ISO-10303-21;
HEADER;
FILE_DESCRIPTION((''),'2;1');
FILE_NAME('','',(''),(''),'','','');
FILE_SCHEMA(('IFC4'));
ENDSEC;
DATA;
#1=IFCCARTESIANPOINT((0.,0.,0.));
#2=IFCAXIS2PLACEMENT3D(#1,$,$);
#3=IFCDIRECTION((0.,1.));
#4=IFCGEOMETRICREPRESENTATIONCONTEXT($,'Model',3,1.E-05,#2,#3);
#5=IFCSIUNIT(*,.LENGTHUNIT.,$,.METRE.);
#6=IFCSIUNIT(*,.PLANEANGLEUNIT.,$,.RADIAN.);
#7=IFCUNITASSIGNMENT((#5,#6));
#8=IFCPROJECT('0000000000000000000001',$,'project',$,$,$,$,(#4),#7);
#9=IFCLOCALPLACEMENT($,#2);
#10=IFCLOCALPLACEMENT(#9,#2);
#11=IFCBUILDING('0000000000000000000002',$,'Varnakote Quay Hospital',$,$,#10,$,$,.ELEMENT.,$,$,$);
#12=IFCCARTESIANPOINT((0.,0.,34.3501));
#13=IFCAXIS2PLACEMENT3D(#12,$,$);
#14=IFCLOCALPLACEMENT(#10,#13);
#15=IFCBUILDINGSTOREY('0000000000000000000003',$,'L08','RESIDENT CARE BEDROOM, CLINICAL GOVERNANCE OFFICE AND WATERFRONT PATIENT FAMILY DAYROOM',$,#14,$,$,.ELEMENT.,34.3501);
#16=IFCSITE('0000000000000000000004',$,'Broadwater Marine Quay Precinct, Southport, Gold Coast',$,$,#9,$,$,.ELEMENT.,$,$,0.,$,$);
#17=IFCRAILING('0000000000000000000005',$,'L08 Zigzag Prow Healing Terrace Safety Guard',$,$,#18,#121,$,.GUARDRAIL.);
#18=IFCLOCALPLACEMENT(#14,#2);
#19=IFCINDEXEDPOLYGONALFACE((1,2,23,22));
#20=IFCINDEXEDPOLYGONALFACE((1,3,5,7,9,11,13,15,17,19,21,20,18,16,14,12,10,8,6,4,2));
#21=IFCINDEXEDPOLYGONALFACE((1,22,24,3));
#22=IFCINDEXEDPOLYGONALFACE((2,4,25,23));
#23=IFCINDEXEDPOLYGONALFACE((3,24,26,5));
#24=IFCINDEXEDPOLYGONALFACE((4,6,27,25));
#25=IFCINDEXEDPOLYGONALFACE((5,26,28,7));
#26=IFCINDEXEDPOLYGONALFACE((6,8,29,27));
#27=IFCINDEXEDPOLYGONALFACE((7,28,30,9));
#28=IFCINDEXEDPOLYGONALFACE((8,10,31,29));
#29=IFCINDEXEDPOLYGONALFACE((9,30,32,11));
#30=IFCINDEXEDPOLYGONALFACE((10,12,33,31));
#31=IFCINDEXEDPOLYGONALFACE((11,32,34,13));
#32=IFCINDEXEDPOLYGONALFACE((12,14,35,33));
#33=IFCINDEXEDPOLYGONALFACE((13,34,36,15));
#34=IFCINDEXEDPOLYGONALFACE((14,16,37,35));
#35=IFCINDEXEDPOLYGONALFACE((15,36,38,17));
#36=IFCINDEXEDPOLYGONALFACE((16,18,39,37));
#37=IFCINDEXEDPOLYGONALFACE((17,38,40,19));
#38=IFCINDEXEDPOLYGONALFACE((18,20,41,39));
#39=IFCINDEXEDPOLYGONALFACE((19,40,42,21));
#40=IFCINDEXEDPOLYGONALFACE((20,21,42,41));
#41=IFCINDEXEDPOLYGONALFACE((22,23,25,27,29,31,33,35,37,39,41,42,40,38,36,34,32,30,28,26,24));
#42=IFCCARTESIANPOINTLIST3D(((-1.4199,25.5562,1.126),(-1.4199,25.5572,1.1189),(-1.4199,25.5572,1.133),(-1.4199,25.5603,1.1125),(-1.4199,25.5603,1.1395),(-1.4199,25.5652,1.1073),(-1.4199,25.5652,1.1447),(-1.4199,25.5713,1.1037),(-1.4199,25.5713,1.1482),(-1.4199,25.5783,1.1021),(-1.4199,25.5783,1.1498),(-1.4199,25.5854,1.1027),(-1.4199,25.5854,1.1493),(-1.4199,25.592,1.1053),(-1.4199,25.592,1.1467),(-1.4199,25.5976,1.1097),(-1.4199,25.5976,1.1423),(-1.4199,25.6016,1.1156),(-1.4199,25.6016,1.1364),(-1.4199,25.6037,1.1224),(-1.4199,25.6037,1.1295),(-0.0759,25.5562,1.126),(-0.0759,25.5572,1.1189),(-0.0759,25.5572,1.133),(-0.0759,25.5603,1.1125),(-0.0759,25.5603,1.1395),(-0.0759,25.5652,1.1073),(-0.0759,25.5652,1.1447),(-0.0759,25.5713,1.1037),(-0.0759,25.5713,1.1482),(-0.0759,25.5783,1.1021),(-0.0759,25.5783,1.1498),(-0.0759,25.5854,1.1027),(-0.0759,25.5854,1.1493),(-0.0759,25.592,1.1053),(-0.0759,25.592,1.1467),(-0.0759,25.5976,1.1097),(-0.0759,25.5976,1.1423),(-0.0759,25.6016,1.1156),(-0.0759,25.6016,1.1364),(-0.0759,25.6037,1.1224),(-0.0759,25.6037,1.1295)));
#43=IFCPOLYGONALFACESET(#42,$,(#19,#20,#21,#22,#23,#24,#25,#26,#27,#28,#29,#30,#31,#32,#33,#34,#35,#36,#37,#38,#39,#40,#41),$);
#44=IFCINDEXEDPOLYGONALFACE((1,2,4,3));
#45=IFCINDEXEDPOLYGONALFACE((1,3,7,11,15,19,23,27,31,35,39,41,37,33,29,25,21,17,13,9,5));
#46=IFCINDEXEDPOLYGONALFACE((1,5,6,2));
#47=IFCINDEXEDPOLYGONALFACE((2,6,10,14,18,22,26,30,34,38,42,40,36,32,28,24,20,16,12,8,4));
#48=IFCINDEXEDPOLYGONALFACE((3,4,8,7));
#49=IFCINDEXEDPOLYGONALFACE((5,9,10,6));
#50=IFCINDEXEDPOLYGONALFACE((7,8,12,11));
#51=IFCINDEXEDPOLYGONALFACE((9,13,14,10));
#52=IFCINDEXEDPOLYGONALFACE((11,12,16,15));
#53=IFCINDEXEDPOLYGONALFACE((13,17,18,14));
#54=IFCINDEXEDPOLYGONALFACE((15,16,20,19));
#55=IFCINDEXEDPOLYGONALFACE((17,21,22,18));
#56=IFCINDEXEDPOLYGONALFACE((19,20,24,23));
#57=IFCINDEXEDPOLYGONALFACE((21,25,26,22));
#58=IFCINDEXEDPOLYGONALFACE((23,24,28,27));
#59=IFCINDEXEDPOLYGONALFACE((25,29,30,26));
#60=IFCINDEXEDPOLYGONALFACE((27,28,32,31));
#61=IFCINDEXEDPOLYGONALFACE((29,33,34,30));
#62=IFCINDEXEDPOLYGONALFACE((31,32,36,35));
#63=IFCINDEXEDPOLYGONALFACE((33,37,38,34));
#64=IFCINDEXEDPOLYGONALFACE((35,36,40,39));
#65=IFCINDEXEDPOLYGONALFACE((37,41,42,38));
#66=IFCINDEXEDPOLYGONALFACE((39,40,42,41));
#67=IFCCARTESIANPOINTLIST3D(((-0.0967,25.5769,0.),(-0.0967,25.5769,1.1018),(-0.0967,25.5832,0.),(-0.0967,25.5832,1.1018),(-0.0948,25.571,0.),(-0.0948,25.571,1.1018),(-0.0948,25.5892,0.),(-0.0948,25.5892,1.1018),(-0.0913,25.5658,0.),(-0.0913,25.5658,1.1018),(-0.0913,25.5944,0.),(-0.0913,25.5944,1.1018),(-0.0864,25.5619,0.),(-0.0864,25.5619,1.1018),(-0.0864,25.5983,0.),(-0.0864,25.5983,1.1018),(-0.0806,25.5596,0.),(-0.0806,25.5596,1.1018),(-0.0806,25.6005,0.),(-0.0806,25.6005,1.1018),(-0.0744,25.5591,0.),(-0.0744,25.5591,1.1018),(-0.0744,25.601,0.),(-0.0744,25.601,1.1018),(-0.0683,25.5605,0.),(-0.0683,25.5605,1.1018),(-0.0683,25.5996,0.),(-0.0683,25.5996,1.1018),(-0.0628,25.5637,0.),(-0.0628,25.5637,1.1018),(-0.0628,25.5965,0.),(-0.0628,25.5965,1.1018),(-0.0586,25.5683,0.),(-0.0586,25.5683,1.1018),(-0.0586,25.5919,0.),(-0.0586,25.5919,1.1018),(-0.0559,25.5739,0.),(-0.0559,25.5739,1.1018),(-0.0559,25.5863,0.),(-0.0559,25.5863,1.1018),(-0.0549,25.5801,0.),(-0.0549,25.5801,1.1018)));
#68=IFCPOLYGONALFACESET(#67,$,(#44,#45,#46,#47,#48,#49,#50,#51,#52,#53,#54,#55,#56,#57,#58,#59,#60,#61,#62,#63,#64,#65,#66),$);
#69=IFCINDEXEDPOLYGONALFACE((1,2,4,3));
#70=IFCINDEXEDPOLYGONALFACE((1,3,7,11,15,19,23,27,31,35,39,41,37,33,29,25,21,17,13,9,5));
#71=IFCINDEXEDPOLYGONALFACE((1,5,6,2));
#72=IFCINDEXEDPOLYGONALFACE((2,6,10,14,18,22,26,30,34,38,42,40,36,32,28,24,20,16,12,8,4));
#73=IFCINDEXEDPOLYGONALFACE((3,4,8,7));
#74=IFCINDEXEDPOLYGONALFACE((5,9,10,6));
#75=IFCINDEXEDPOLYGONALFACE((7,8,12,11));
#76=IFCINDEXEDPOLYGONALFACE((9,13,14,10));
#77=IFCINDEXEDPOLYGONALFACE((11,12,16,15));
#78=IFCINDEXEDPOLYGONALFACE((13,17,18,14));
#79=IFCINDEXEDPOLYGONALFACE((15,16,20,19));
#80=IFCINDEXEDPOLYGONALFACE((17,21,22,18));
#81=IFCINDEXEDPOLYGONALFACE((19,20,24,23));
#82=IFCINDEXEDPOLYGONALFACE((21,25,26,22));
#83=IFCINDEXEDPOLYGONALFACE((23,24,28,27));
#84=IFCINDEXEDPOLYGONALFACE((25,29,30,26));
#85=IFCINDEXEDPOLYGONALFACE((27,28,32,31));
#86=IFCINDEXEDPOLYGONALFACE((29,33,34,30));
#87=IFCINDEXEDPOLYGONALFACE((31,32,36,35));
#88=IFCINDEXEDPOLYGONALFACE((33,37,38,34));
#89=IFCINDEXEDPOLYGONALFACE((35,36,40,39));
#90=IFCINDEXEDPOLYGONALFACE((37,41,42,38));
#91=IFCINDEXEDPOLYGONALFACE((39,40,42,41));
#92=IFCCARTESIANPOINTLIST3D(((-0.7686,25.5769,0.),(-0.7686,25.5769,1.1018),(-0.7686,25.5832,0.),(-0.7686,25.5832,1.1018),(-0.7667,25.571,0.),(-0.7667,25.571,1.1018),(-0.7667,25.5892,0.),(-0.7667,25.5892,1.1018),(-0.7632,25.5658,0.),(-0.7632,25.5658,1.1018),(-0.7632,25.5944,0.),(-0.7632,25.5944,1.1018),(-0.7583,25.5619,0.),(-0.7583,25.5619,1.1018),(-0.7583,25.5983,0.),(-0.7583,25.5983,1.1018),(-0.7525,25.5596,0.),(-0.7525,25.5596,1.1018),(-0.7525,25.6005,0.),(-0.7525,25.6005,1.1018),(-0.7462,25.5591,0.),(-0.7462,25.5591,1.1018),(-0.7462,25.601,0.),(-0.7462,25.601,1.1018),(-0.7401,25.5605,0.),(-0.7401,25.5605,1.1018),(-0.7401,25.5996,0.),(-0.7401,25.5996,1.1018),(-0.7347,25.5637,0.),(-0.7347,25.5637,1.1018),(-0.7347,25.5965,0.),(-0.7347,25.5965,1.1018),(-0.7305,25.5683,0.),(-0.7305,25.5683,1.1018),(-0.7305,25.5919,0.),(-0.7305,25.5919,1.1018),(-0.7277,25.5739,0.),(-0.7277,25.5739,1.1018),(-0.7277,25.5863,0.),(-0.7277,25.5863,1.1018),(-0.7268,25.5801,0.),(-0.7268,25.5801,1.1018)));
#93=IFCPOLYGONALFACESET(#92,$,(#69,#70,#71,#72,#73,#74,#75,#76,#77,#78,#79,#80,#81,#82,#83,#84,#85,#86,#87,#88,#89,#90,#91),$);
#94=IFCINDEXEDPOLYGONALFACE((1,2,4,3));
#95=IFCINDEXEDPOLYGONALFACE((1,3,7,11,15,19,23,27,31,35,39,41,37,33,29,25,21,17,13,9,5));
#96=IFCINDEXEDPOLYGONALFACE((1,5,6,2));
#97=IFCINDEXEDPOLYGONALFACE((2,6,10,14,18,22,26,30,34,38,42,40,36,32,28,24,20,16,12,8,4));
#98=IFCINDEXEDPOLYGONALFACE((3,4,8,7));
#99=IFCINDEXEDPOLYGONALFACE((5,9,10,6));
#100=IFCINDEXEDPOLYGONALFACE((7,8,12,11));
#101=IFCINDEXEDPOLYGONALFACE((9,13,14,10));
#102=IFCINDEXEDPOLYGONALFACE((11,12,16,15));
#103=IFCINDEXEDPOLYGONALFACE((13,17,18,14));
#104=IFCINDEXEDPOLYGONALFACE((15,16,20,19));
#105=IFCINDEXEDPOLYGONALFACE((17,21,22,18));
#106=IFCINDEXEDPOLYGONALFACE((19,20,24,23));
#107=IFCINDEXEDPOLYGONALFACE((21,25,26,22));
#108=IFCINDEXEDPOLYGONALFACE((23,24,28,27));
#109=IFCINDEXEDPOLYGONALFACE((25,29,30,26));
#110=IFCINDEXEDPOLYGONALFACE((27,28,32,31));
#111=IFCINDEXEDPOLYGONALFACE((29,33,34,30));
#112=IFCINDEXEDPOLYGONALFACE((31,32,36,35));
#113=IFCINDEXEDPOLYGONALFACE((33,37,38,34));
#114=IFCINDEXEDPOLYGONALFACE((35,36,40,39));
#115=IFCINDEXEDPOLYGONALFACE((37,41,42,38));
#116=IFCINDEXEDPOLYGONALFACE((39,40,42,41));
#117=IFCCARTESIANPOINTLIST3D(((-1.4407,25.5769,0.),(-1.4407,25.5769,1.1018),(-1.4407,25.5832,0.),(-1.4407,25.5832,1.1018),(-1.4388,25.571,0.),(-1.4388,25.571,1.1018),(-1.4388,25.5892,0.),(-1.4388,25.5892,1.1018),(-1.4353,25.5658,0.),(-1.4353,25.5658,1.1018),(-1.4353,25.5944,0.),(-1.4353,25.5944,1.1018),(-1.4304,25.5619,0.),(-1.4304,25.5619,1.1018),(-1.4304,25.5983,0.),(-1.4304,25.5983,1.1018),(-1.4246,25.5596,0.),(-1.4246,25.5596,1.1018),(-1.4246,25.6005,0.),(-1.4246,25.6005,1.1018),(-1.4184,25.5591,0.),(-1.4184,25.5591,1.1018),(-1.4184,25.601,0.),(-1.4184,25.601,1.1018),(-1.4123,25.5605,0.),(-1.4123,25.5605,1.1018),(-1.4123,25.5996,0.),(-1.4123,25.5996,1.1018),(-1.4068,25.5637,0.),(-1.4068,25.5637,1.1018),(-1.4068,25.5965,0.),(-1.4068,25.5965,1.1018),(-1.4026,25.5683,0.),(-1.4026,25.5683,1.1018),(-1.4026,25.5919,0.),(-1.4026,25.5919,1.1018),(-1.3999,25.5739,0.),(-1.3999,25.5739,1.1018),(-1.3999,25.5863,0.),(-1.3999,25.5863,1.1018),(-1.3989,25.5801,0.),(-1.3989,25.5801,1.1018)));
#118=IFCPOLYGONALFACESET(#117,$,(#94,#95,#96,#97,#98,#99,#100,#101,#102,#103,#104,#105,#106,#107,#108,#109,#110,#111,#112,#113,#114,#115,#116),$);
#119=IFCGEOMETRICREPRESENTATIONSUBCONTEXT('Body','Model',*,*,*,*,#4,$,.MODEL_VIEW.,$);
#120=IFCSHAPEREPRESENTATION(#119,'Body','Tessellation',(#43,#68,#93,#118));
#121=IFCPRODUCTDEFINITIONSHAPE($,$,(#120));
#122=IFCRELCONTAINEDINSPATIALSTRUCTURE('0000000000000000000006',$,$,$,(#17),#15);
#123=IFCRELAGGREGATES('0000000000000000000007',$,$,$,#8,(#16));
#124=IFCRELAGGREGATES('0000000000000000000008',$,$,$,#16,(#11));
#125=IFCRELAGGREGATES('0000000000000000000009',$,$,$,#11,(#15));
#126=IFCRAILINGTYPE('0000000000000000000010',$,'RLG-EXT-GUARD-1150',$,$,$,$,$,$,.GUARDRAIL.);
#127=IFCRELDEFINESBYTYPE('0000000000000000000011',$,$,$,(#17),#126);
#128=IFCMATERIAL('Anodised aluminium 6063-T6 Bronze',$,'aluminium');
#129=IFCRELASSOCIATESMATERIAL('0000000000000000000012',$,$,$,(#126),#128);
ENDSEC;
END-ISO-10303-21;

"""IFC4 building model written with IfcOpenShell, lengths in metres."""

from ifc_helpers import new_model, si_unit, direction, frame, origin, origin_2d, place, context, subcontext, project, spatial, circle, extrude, material, type_object, element, save


model = new_model("IFC4")

# Units and contexts
model_context = context("Model", 3, precision=1e-05, world=origin(), true_north=direction((0.0, 1.0)))
body_context = subcontext(model_context, "Body", "Model", "MODEL_VIEW")
ifc_project = project(units=[si_unit("LENGTHUNIT", "METRE"), si_unit("PLANEANGLEUNIT", "RADIAN")], contexts=[model_context])

# Site, building, storey
site_placement = place(None, origin())
site = spatial("IfcSite", under=ifc_project, at=site_placement, Name="Broadwater Marine Quay Precinct, Southport, Gold Coast", CompositionType="ELEMENT", RefElevation=0.0)
building_placement = place(site_placement, origin())
building = spatial("IfcBuilding", under=site, at=building_placement, Name="Varnakote Quay Hospital", CompositionType="ELEMENT")
storey_placement = place(building_placement, frame((0.0, 0.0, 34.3501)))
storey = spatial("IfcBuildingStorey", under=building, at=storey_placement, Name="L08", Description="RESIDENT CARE BEDROOM, CLINICAL GOVERNANCE OFFICE AND WATERFRONT PATIENT FAMILY DAYROOM", CompositionType="ELEMENT", Elevation=34.3501)

# Railing
ifc_material_1 = material(Name="Anodised aluminium 6063-T6 Bronze", Category="aluminium")
railing_type = type_object("IfcRailingType", Name="RLG-EXT-GUARD-1150", PredefinedType="GUARDRAIL", material=ifc_material_1)
railing_1_placement = place(storey_placement, frame((-0.0759, 25.5801, 0.0)))
element("IfcRailing", 1, at=railing_1_placement, inside=storey, type_object=railing_type, Name="L08 Zigzag Prow Healing Terrace Safety Guard", PredefinedType="GUARDRAIL", context=body_context, shape_type="SweptSolid", body=[
    extrude(circle(Radius=0.0239, at=origin_2d()), frame((0.0, 0.0, 1.126), z_axis=(-1.0, 0.0, 0.0), x_axis=(0.0, -1.0, 0.0)), (0.0, 0.0, 1.0), 1.344),
    extrude(circle(Radius=0.021, at=origin_2d()), origin(), (0.0, 0.0, 1.0), 1.1018),
    extrude(circle(Radius=0.021, at=origin_2d()), frame((-0.6719, 0.0, 0.0)), (0.0, 0.0, 1.0), 1.1018),
    extrude(circle(Radius=0.021, at=origin_2d()), frame((-1.344, 0.0, 0.0)), (0.0, 0.0, 1.0), 1.1018),
])

save(model, "model.ifc")
